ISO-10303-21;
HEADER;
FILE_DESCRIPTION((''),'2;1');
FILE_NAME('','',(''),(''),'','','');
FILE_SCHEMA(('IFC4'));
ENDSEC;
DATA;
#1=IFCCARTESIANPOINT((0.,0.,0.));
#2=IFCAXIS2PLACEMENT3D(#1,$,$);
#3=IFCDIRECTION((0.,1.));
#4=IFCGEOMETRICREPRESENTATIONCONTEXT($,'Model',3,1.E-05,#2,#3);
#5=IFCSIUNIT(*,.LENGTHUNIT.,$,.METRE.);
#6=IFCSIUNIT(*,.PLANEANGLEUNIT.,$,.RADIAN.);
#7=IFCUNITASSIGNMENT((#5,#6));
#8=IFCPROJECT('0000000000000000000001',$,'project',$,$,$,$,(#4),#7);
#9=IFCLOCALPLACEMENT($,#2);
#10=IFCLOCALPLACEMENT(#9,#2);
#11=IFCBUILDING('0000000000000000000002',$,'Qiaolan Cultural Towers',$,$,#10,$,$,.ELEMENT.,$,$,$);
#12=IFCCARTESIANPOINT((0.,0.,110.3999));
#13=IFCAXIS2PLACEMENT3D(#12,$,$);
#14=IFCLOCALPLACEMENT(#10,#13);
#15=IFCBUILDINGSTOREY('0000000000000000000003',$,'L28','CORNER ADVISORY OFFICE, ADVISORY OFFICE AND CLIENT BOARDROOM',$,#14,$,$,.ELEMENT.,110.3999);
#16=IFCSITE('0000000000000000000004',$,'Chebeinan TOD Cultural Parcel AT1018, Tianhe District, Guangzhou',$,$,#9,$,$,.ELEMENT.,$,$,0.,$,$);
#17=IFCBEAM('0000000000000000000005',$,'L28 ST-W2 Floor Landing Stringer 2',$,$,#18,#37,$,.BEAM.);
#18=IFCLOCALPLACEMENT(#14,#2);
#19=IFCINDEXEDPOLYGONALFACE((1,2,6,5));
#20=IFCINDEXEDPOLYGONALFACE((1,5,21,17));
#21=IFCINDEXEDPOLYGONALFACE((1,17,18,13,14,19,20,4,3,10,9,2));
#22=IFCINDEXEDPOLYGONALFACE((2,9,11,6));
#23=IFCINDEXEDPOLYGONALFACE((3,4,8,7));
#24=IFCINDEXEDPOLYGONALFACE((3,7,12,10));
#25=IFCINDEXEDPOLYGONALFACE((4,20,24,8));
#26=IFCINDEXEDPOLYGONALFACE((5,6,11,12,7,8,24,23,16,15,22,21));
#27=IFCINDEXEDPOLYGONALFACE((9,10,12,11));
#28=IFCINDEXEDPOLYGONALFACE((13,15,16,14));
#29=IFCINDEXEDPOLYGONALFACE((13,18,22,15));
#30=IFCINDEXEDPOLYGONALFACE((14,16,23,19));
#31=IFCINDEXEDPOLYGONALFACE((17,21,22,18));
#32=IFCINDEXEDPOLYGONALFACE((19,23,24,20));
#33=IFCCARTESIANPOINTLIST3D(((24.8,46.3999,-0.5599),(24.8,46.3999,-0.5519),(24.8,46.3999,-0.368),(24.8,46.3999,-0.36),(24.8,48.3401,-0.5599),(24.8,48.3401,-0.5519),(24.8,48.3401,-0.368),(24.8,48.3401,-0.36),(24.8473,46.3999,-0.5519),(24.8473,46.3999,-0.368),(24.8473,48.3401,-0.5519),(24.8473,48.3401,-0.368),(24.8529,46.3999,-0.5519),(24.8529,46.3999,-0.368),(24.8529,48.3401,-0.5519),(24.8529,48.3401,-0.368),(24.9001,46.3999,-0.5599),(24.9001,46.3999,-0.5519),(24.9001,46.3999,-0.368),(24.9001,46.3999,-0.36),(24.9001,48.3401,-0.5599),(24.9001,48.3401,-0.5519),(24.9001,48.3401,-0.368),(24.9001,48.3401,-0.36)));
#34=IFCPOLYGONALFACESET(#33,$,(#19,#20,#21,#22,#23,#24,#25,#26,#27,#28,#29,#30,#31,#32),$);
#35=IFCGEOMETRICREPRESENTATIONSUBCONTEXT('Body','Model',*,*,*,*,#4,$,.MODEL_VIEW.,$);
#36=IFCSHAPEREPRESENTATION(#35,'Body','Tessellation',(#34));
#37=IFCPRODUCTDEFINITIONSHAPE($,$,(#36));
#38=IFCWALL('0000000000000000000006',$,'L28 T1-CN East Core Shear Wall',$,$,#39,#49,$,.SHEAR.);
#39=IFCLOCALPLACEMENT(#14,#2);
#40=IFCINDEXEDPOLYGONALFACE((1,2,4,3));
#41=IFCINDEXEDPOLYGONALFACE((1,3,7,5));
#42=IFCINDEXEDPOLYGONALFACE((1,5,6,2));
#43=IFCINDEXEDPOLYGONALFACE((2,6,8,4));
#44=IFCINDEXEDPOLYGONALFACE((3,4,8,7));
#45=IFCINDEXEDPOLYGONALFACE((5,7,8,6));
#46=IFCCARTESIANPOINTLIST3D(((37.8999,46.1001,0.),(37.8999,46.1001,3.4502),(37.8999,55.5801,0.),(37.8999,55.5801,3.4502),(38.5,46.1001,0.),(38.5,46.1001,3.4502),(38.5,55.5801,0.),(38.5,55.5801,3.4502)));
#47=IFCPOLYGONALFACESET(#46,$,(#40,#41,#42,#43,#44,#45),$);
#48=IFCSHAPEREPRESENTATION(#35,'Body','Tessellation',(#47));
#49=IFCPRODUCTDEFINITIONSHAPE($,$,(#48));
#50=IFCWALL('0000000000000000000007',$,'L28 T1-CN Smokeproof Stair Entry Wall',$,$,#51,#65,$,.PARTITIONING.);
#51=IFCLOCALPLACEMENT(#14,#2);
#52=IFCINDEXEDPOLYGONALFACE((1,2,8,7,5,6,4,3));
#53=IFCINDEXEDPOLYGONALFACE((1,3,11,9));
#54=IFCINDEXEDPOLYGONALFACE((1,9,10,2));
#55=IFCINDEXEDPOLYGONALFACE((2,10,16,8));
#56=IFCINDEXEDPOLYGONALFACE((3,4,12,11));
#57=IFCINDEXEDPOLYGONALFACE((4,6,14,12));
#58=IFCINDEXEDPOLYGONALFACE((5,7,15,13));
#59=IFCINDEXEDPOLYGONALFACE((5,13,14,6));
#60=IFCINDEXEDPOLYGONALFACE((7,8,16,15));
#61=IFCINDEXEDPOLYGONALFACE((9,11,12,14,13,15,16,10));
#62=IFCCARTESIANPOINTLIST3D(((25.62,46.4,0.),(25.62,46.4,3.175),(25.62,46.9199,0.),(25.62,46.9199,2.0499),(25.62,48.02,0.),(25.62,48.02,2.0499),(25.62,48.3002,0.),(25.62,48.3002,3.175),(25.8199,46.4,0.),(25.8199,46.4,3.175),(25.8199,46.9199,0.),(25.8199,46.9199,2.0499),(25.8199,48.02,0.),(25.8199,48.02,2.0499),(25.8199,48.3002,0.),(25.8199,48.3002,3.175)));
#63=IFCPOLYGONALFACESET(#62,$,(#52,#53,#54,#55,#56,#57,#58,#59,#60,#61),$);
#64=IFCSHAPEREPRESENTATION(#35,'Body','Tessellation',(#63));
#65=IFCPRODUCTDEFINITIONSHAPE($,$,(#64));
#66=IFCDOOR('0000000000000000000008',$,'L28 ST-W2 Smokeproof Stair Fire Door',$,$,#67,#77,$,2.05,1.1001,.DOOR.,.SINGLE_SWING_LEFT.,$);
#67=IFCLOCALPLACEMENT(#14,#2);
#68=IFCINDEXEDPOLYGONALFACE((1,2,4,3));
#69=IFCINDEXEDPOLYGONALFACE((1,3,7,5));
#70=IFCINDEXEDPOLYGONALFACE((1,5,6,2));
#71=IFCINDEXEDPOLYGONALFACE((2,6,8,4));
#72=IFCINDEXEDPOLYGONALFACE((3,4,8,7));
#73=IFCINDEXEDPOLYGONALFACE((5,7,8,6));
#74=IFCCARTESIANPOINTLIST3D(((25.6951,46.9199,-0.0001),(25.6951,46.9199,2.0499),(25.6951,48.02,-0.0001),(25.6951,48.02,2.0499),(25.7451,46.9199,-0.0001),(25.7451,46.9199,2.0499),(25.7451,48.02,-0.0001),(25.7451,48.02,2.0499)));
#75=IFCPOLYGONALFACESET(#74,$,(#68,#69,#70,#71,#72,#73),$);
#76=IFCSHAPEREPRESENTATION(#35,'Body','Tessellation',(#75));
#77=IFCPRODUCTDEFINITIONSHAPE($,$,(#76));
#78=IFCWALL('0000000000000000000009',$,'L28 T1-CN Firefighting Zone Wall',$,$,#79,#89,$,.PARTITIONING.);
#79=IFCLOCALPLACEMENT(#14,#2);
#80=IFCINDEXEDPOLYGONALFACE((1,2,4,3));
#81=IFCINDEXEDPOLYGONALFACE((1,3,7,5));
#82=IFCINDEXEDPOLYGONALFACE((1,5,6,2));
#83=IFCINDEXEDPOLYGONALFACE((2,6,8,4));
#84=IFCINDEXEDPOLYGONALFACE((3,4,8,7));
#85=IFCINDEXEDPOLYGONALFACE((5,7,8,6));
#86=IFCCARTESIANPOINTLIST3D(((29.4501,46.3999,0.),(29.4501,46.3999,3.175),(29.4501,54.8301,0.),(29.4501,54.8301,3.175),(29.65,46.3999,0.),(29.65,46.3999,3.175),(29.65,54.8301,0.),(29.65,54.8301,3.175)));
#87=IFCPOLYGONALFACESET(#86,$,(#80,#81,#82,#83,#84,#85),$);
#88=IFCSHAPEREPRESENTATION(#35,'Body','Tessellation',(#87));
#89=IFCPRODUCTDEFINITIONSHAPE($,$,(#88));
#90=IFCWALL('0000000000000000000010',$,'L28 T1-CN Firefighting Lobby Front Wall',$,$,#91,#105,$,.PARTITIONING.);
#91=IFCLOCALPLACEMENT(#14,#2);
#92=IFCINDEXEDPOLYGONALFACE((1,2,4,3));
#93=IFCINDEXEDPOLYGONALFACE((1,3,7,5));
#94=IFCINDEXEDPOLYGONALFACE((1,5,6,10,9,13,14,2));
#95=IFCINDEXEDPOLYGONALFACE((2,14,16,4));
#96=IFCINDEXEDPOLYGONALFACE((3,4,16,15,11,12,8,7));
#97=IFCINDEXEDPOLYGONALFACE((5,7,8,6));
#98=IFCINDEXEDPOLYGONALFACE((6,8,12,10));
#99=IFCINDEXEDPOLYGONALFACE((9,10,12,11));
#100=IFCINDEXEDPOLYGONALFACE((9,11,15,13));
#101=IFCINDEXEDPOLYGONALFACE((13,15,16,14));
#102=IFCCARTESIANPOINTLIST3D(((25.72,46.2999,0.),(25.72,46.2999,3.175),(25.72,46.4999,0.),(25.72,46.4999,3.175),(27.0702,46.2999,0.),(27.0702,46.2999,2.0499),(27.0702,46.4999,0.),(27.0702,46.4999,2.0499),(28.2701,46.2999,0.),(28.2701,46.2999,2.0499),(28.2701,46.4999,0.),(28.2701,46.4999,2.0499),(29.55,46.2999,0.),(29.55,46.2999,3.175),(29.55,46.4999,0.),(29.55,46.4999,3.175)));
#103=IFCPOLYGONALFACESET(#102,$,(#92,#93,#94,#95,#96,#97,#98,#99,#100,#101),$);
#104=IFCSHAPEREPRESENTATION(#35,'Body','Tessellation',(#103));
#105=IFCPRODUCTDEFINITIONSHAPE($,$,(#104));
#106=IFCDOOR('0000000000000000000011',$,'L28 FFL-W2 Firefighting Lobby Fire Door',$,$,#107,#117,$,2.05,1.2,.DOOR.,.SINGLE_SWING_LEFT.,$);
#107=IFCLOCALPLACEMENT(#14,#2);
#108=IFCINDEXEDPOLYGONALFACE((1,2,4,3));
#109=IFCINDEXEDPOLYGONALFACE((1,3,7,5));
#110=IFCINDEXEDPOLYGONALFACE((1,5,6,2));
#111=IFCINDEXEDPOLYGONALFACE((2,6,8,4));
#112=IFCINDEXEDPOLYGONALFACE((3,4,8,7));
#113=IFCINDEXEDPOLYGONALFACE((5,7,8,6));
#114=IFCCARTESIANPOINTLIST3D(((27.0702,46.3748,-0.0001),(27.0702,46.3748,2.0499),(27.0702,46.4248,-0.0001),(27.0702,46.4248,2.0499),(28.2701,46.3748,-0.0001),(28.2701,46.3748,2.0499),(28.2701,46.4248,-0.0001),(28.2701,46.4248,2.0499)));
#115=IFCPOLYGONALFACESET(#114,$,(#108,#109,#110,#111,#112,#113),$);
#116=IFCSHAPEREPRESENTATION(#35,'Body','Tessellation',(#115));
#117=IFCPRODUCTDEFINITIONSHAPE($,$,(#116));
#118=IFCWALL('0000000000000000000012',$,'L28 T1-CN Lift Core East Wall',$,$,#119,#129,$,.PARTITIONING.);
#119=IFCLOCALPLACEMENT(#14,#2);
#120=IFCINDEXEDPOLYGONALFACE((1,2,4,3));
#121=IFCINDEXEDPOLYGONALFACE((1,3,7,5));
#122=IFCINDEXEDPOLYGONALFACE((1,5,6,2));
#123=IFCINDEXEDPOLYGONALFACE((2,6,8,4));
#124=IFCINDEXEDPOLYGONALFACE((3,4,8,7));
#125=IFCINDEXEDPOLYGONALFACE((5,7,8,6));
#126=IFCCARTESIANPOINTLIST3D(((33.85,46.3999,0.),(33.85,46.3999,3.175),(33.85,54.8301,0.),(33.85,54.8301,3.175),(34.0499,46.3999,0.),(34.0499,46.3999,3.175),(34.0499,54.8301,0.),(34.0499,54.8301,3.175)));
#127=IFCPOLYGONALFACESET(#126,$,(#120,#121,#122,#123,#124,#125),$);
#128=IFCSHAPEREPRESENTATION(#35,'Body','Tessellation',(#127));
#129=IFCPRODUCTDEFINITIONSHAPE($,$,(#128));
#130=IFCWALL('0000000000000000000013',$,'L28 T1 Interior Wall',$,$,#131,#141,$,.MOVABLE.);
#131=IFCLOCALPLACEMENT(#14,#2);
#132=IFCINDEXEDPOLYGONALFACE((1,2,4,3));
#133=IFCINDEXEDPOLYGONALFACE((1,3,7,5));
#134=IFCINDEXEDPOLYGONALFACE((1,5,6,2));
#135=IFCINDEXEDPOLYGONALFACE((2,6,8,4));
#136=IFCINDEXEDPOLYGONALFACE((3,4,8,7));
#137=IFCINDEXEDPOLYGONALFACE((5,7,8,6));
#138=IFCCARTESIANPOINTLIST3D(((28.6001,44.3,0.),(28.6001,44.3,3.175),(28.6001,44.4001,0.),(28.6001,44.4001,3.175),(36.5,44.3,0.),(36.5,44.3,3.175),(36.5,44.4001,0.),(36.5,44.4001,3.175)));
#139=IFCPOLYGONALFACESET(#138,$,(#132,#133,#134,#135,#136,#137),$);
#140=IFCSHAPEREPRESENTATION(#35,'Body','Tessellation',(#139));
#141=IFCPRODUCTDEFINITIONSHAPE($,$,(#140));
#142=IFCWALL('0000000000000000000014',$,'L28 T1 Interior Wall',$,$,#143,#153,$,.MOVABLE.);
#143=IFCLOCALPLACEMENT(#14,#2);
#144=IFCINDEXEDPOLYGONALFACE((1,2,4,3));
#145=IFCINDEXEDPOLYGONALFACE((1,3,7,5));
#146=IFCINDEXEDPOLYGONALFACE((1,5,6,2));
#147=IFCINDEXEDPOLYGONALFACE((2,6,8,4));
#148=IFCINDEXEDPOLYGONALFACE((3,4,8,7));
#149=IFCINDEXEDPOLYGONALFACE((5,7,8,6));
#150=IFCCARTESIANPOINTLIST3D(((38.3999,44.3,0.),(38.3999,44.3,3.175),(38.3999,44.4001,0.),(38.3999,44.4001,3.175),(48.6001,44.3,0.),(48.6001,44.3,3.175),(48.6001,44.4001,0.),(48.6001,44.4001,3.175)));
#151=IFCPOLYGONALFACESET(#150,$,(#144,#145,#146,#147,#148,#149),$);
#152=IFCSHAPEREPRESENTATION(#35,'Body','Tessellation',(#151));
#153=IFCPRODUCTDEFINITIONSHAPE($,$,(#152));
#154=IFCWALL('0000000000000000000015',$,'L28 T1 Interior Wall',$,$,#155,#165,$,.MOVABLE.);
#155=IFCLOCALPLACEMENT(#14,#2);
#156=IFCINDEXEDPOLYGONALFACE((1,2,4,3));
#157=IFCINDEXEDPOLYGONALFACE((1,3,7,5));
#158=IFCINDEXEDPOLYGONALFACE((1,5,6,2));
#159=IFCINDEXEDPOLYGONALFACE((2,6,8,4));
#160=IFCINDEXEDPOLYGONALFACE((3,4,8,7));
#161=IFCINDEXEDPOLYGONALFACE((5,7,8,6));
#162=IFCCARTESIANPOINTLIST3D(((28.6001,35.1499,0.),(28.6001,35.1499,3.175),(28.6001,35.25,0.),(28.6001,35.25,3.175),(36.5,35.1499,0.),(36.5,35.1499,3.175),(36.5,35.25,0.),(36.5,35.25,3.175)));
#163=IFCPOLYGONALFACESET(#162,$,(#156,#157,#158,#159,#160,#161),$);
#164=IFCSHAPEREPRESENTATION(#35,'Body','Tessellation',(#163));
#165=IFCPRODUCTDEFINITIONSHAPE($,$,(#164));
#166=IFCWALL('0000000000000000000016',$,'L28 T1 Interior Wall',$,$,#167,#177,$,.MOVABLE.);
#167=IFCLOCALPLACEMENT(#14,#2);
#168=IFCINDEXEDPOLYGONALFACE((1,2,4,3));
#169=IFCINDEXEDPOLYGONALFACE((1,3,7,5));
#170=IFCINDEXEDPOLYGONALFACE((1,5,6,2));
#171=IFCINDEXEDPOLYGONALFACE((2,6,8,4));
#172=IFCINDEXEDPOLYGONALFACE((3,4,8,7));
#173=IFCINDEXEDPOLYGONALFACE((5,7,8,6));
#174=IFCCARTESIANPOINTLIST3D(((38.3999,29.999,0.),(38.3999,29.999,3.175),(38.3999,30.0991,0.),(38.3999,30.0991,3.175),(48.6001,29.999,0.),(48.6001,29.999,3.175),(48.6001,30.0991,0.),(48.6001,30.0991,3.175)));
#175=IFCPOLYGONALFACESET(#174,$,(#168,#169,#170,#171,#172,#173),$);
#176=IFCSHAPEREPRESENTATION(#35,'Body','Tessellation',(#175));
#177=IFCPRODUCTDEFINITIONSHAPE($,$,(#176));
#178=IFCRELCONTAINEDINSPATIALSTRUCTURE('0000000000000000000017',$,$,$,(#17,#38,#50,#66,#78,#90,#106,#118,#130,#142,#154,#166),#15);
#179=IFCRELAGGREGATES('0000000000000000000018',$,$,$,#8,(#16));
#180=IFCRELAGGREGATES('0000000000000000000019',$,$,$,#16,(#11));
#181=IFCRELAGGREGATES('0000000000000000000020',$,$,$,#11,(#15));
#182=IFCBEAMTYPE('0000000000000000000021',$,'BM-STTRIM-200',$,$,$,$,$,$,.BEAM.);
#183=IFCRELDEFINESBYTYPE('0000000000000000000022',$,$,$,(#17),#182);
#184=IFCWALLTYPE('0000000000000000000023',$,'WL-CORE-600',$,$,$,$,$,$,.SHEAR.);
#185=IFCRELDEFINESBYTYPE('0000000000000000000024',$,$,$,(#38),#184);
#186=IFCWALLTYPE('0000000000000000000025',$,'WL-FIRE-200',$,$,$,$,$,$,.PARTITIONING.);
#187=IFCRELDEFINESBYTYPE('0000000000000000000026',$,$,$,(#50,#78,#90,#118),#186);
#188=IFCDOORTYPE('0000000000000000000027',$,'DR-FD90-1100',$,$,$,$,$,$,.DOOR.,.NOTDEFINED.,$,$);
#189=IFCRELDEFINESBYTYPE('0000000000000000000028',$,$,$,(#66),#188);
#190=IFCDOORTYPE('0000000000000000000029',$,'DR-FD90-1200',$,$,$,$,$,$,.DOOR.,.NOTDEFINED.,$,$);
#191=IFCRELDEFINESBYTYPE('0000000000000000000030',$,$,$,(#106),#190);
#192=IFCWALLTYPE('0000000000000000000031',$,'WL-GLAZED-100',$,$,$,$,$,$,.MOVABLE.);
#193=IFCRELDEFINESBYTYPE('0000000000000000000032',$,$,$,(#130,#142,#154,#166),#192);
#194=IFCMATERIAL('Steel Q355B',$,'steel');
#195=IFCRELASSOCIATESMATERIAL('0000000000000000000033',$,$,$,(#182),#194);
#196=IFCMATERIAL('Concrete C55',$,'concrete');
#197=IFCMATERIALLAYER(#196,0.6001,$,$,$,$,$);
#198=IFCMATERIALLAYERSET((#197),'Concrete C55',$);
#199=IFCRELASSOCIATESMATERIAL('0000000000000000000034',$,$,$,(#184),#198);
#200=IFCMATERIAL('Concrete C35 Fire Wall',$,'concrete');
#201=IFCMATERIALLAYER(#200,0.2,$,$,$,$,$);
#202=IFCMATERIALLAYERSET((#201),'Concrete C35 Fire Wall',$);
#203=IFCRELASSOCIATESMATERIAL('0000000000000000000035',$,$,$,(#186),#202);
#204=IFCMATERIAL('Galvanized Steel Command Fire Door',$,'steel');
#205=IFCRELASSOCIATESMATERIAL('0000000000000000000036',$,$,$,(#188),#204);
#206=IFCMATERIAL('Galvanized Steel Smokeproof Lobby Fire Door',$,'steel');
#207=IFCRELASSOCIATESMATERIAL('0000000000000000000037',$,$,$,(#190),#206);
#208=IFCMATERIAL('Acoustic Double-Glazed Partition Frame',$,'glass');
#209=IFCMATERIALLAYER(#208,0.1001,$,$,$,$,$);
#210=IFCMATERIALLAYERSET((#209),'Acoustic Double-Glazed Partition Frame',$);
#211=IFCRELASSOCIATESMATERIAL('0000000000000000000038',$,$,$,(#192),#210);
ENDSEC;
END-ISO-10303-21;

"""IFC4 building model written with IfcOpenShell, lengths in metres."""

from ifc_helpers import new_model, si_unit, direction, frame, frame_2d, origin, origin_2d, place, context, subcontext, project, spatial, rectangle, i_section, extrude, material, layer, layer_set, material_profile, profile_set, type_object, element, fill, save


model = new_model("IFC4")

# Units and contexts
model_context = context("Model", 3, precision=1e-05, world=origin(), true_north=direction((0.0, 1.0)))
body_context = subcontext(model_context, "Body", "Model", "MODEL_VIEW")
ifc_project = project(units=[si_unit("LENGTHUNIT", "METRE"), si_unit("PLANEANGLEUNIT", "RADIAN")], contexts=[model_context])

# Site, building, storey
site_placement = place(None, origin())
site = spatial("IfcSite", under=ifc_project, at=site_placement, Name="Chebeinan TOD Cultural Parcel AT1018, Tianhe District, Guangzhou", CompositionType="ELEMENT", RefElevation=0.0)
building_placement = place(site_placement, origin())
building = spatial("IfcBuilding", under=site, at=building_placement, Name="Qiaolan Cultural Towers", CompositionType="ELEMENT")
storey_placement = place(building_placement, frame((0.0, 0.0, 110.3999)))
storey = spatial("IfcBuildingStorey", under=building, at=storey_placement, Name="L28", Description="CORNER ADVISORY OFFICE, ADVISORY OFFICE AND CLIENT BOARDROOM", CompositionType="ELEMENT", Elevation=110.3999)

# Beam
ifc_material_1 = material(Name="Steel Q355B", Category="steel")
ifc_material_profile_1 = material_profile(ifc_material_1, i_section(OverallWidth=0.1001, OverallDepth=0.2, WebThickness=0.0056, FlangeThickness=0.0081, at=origin_2d()), Name="HN200x100x5.5x8")
ifc_profile_set_1 = profile_set([ifc_material_profile_1], Name="Steel Q355B")
beam_type_1 = type_object("IfcBeamType", Name="BM-STTRIM-200", PredefinedType="BEAM", material=ifc_profile_set_1)
beam_1_placement = place(storey_placement, frame((24.8501, 46.3999, -0.46), z_axis=(0.0, 1.0, 0.0), x_axis=(-1.0, 0.0, 0.0)))
element("IfcBeam", 1, at=beam_1_placement, inside=storey, type_object=beam_type_1, Name="L28 ST-W2 Floor Landing Stringer 2", PredefinedType="BEAM", context=body_context, shape_type="SweptSolid", body=[
    extrude(i_section(OverallWidth=0.1001, OverallDepth=0.2, WebThickness=0.0056, FlangeThickness=0.0081, at=origin_2d()), origin(), (0.0, 0.0, 1.0), 1.9402),
])

# Wall
ifc_material_2 = material(Name="Concrete C55", Category="concrete")
ifc_layer_1 = layer(ifc_material_2, 0.6001)
ifc_layer_set_1 = layer_set([ifc_layer_1], Name="Concrete C55")
wall_type_1 = type_object("IfcWallType", Name="WL-CORE-600", PredefinedType="SHEAR", material=ifc_layer_set_1)
wall_1_placement = place(storey_placement, frame((38.2, 46.1001, 0.0), z_axis=(0.0, 0.0, 1.0), x_axis=(0.0, 1.0, 0.0)))
element("IfcWall", 2, at=wall_1_placement, inside=storey, type_object=wall_type_1, Name="L28 T1-CN East Core Shear Wall", PredefinedType="SHEAR", context=body_context, shape_type="SweptSolid", body=[
    extrude(rectangle(XDim=9.48, YDim=0.6001, at=frame_2d((4.74, 0.0))), origin(), (0.0, 0.0, 1.0), 3.4502),
])

# Wall, opening, door
ifc_material_3 = material(Name="Concrete C35 Fire Wall", Category="concrete")
ifc_layer_2 = layer(ifc_material_3, 0.2)
ifc_layer_set_2 = layer_set([ifc_layer_2], Name="Concrete C35 Fire Wall")
wall_type_2 = type_object("IfcWallType", Name="WL-FIRE-200", PredefinedType="PARTITIONING", material=ifc_layer_set_2)
wall_2_placement = place(storey_placement, frame((25.72, 46.3999, 0.0), z_axis=(0.0, 0.0, 1.0), x_axis=(0.0, 1.0, 0.0)))
wall_2 = element("IfcWall", 3, at=wall_2_placement, inside=storey, type_object=wall_type_2, Name="L28 T1-CN Smokeproof Stair Entry Wall", PredefinedType="PARTITIONING", context=body_context, shape_type="SweptSolid", body=[
    extrude(rectangle(XDim=1.9001, YDim=0.2, at=frame_2d((0.9502, 0.0))), origin(), (0.0, 0.0, 1.0), 3.175),
])
opening_1_placement = place(wall_2_placement, frame((0.52, 0.0, 0.0)))
opening_1 = element("IfcOpeningElement", 4, at=opening_1_placement, cuts=wall_2, PredefinedType="OPENING", context=body_context, shape_type="SweptSolid", body=[
    extrude(rectangle(XDim=1.1001, YDim=2.05, at=frame_2d((0.55, 1.0249))), frame((0.0, 0.1099, 0.0), z_axis=(0.0, -1.0, 0.0), x_axis=(1.0, 0.0, 0.0)), (0.0, 0.0, 1.0), 0.22),
])
ifc_material_4 = material(Name="Galvanized Steel Command Fire Door", Category="steel")
door_type_1 = type_object("IfcDoorType", Name="DR-FD90-1100", OperationType="NOTDEFINED", PredefinedType="DOOR", material=ifc_material_4)
door_1_placement = place(opening_1_placement, origin())
door_1 = element("IfcDoor", 5, at=door_1_placement, inside=storey, type_object=door_type_1, Name="L28 ST-W2 Smokeproof Stair Fire Door", OperationType="SINGLE_SWING_LEFT", OverallHeight=2.05, OverallWidth=1.1001, PredefinedType="DOOR", context=body_context, shape_type="SweptSolid", body=[
    extrude(rectangle(XDim=1.1001, YDim=2.05, at=frame_2d((0.55, 1.0249))), frame((0.0, 0.0249, 0.0), z_axis=(0.0, -1.0, 0.0), x_axis=(1.0, 0.0, 0.0)), (0.0, 0.0, 1.0), 0.05),
])
fill(opening_1, door_1)

# Wall
wall_3_placement = place(storey_placement, frame((29.55, 46.3999, 0.0), z_axis=(0.0, 0.0, 1.0), x_axis=(0.0, 1.0, 0.0)))
element("IfcWall", 6, at=wall_3_placement, inside=storey, type_object=wall_type_2, Name="L28 T1-CN Firefighting Zone Wall", PredefinedType="PARTITIONING", context=body_context, shape_type="SweptSolid", body=[
    extrude(rectangle(XDim=8.4302, YDim=0.2, at=frame_2d((4.2151, 0.0))), origin(), (0.0, 0.0, 1.0), 3.175),
])

# Wall, opening, door
wall_4_placement = place(storey_placement, frame((25.72, 46.3999, 0.0), z_axis=(0.0, 0.0, 1.0), x_axis=(1.0, 0.0, 0.0)))
wall_4 = element("IfcWall", 7, at=wall_4_placement, inside=storey, type_object=wall_type_2, Name="L28 T1-CN Firefighting Lobby Front Wall", PredefinedType="PARTITIONING", context=body_context, shape_type="SweptSolid", body=[
    extrude(rectangle(XDim=3.8301, YDim=0.2, at=frame_2d((1.915, 0.0))), origin(), (0.0, 0.0, 1.0), 3.175),
])
opening_2_placement = place(wall_4_placement, frame((1.3501, 0.0, 0.0)))
opening_2 = element("IfcOpeningElement", 8, at=opening_2_placement, cuts=wall_4, PredefinedType="OPENING", context=body_context, shape_type="SweptSolid", body=[
    extrude(rectangle(XDim=1.2, YDim=2.05, at=frame_2d((0.6001, 1.0249))), frame((0.0, 0.1099, 0.0), z_axis=(0.0, -1.0, 0.0), x_axis=(1.0, 0.0, 0.0)), (0.0, 0.0, 1.0), 0.22),
])
ifc_material_5 = material(Name="Galvanized Steel Smokeproof Lobby Fire Door", Category="steel")
door_type_2 = type_object("IfcDoorType", Name="DR-FD90-1200", OperationType="NOTDEFINED", PredefinedType="DOOR", material=ifc_material_5)
door_2_placement = place(opening_2_placement, origin())
door_2 = element("IfcDoor", 9, at=door_2_placement, inside=storey, type_object=door_type_2, Name="L28 FFL-W2 Firefighting Lobby Fire Door", OperationType="SINGLE_SWING_LEFT", OverallHeight=2.05, OverallWidth=1.2, PredefinedType="DOOR", context=body_context, shape_type="SweptSolid", body=[
    extrude(rectangle(XDim=1.2, YDim=2.05, at=frame_2d((0.6001, 1.0249))), frame((0.0, 0.0249, 0.0), z_axis=(0.0, -1.0, 0.0), x_axis=(1.0, 0.0, 0.0)), (0.0, 0.0, 1.0), 0.05),
])
fill(opening_2, door_2)

# Walls
wall_5_placement = place(storey_placement, frame((33.95, 46.3999, 0.0), z_axis=(0.0, 0.0, 1.0), x_axis=(0.0, 1.0, 0.0)))
element("IfcWall", 10, at=wall_5_placement, inside=storey, type_object=wall_type_2, Name="L28 T1-CN Lift Core East Wall", PredefinedType="PARTITIONING", context=body_context, shape_type="SweptSolid", body=[
    extrude(rectangle(XDim=8.4302, YDim=0.2, at=frame_2d((4.2151, 0.0))), origin(), (0.0, 0.0, 1.0), 3.175),
])
ifc_material_6 = material(Name="Acoustic Double-Glazed Partition Frame", Category="glass")
ifc_layer_3 = layer(ifc_material_6, 0.1001)
ifc_layer_set_3 = layer_set([ifc_layer_3], Name="Acoustic Double-Glazed Partition Frame")
wall_type_3 = type_object("IfcWallType", Name="WL-GLAZED-100", PredefinedType="MOVABLE", material=ifc_layer_set_3)
wall_6_placement = place(storey_placement, frame((28.6001, 44.3501, 0.0), z_axis=(0.0, 0.0, 1.0), x_axis=(1.0, 0.0, 0.0)))
element("IfcWall", 11, at=wall_6_placement, inside=storey, type_object=wall_type_3, Name="L28 T1 Interior Wall", PredefinedType="MOVABLE", context=body_context, shape_type="SweptSolid", body=[
    extrude(rectangle(XDim=7.8999, YDim=0.1001, at=frame_2d((3.95, 0.0))), origin(), (0.0, 0.0, 1.0), 3.175),
])
wall_7_placement = place(storey_placement, frame((38.3999, 44.3501, 0.0), z_axis=(0.0, 0.0, 1.0), x_axis=(1.0, 0.0, 0.0)))
element("IfcWall", 12, at=wall_7_placement, inside=storey, type_object=wall_type_3, Name="L28 T1 Interior Wall", PredefinedType="MOVABLE", context=body_context, shape_type="SweptSolid", body=[
    extrude(rectangle(XDim=10.2002, YDim=0.1001, at=frame_2d((5.1001, 0.0))), origin(), (0.0, 0.0, 1.0), 3.175),
])
wall_8_placement = place(storey_placement, frame((28.6001, 35.2, 0.0), z_axis=(0.0, 0.0, 1.0), x_axis=(1.0, 0.0, 0.0)))
element("IfcWall", 13, at=wall_8_placement, inside=storey, type_object=wall_type_3, Name="L28 T1 Interior Wall", PredefinedType="MOVABLE", context=body_context, shape_type="SweptSolid", body=[
    extrude(rectangle(XDim=7.8999, YDim=0.1001, at=frame_2d((3.95, 0.0))), origin(), (0.0, 0.0, 1.0), 3.175),
])
for number, where, z_axis, x_axis, name in (
    (14, (38.3999, 30.0491, 0.0), (0.0, 0.0, 1.0), (1.0, 0.0, 0.0), "L28 T1 Interior Wall"),
):
    element("IfcWall", number, at=place(storey_placement, frame(where, z_axis=z_axis, x_axis=x_axis)), inside=storey, type_object=wall_type_3, Name=name, PredefinedType="MOVABLE", context=body_context, shape_type="SweptSolid", body=[
        extrude(rectangle(XDim=10.2002, YDim=0.1001, at=frame_2d((5.1001, 0.0))), origin(), (0.0, 0.0, 1.0), 3.175),
    ])

save(model, "model.ifc")
